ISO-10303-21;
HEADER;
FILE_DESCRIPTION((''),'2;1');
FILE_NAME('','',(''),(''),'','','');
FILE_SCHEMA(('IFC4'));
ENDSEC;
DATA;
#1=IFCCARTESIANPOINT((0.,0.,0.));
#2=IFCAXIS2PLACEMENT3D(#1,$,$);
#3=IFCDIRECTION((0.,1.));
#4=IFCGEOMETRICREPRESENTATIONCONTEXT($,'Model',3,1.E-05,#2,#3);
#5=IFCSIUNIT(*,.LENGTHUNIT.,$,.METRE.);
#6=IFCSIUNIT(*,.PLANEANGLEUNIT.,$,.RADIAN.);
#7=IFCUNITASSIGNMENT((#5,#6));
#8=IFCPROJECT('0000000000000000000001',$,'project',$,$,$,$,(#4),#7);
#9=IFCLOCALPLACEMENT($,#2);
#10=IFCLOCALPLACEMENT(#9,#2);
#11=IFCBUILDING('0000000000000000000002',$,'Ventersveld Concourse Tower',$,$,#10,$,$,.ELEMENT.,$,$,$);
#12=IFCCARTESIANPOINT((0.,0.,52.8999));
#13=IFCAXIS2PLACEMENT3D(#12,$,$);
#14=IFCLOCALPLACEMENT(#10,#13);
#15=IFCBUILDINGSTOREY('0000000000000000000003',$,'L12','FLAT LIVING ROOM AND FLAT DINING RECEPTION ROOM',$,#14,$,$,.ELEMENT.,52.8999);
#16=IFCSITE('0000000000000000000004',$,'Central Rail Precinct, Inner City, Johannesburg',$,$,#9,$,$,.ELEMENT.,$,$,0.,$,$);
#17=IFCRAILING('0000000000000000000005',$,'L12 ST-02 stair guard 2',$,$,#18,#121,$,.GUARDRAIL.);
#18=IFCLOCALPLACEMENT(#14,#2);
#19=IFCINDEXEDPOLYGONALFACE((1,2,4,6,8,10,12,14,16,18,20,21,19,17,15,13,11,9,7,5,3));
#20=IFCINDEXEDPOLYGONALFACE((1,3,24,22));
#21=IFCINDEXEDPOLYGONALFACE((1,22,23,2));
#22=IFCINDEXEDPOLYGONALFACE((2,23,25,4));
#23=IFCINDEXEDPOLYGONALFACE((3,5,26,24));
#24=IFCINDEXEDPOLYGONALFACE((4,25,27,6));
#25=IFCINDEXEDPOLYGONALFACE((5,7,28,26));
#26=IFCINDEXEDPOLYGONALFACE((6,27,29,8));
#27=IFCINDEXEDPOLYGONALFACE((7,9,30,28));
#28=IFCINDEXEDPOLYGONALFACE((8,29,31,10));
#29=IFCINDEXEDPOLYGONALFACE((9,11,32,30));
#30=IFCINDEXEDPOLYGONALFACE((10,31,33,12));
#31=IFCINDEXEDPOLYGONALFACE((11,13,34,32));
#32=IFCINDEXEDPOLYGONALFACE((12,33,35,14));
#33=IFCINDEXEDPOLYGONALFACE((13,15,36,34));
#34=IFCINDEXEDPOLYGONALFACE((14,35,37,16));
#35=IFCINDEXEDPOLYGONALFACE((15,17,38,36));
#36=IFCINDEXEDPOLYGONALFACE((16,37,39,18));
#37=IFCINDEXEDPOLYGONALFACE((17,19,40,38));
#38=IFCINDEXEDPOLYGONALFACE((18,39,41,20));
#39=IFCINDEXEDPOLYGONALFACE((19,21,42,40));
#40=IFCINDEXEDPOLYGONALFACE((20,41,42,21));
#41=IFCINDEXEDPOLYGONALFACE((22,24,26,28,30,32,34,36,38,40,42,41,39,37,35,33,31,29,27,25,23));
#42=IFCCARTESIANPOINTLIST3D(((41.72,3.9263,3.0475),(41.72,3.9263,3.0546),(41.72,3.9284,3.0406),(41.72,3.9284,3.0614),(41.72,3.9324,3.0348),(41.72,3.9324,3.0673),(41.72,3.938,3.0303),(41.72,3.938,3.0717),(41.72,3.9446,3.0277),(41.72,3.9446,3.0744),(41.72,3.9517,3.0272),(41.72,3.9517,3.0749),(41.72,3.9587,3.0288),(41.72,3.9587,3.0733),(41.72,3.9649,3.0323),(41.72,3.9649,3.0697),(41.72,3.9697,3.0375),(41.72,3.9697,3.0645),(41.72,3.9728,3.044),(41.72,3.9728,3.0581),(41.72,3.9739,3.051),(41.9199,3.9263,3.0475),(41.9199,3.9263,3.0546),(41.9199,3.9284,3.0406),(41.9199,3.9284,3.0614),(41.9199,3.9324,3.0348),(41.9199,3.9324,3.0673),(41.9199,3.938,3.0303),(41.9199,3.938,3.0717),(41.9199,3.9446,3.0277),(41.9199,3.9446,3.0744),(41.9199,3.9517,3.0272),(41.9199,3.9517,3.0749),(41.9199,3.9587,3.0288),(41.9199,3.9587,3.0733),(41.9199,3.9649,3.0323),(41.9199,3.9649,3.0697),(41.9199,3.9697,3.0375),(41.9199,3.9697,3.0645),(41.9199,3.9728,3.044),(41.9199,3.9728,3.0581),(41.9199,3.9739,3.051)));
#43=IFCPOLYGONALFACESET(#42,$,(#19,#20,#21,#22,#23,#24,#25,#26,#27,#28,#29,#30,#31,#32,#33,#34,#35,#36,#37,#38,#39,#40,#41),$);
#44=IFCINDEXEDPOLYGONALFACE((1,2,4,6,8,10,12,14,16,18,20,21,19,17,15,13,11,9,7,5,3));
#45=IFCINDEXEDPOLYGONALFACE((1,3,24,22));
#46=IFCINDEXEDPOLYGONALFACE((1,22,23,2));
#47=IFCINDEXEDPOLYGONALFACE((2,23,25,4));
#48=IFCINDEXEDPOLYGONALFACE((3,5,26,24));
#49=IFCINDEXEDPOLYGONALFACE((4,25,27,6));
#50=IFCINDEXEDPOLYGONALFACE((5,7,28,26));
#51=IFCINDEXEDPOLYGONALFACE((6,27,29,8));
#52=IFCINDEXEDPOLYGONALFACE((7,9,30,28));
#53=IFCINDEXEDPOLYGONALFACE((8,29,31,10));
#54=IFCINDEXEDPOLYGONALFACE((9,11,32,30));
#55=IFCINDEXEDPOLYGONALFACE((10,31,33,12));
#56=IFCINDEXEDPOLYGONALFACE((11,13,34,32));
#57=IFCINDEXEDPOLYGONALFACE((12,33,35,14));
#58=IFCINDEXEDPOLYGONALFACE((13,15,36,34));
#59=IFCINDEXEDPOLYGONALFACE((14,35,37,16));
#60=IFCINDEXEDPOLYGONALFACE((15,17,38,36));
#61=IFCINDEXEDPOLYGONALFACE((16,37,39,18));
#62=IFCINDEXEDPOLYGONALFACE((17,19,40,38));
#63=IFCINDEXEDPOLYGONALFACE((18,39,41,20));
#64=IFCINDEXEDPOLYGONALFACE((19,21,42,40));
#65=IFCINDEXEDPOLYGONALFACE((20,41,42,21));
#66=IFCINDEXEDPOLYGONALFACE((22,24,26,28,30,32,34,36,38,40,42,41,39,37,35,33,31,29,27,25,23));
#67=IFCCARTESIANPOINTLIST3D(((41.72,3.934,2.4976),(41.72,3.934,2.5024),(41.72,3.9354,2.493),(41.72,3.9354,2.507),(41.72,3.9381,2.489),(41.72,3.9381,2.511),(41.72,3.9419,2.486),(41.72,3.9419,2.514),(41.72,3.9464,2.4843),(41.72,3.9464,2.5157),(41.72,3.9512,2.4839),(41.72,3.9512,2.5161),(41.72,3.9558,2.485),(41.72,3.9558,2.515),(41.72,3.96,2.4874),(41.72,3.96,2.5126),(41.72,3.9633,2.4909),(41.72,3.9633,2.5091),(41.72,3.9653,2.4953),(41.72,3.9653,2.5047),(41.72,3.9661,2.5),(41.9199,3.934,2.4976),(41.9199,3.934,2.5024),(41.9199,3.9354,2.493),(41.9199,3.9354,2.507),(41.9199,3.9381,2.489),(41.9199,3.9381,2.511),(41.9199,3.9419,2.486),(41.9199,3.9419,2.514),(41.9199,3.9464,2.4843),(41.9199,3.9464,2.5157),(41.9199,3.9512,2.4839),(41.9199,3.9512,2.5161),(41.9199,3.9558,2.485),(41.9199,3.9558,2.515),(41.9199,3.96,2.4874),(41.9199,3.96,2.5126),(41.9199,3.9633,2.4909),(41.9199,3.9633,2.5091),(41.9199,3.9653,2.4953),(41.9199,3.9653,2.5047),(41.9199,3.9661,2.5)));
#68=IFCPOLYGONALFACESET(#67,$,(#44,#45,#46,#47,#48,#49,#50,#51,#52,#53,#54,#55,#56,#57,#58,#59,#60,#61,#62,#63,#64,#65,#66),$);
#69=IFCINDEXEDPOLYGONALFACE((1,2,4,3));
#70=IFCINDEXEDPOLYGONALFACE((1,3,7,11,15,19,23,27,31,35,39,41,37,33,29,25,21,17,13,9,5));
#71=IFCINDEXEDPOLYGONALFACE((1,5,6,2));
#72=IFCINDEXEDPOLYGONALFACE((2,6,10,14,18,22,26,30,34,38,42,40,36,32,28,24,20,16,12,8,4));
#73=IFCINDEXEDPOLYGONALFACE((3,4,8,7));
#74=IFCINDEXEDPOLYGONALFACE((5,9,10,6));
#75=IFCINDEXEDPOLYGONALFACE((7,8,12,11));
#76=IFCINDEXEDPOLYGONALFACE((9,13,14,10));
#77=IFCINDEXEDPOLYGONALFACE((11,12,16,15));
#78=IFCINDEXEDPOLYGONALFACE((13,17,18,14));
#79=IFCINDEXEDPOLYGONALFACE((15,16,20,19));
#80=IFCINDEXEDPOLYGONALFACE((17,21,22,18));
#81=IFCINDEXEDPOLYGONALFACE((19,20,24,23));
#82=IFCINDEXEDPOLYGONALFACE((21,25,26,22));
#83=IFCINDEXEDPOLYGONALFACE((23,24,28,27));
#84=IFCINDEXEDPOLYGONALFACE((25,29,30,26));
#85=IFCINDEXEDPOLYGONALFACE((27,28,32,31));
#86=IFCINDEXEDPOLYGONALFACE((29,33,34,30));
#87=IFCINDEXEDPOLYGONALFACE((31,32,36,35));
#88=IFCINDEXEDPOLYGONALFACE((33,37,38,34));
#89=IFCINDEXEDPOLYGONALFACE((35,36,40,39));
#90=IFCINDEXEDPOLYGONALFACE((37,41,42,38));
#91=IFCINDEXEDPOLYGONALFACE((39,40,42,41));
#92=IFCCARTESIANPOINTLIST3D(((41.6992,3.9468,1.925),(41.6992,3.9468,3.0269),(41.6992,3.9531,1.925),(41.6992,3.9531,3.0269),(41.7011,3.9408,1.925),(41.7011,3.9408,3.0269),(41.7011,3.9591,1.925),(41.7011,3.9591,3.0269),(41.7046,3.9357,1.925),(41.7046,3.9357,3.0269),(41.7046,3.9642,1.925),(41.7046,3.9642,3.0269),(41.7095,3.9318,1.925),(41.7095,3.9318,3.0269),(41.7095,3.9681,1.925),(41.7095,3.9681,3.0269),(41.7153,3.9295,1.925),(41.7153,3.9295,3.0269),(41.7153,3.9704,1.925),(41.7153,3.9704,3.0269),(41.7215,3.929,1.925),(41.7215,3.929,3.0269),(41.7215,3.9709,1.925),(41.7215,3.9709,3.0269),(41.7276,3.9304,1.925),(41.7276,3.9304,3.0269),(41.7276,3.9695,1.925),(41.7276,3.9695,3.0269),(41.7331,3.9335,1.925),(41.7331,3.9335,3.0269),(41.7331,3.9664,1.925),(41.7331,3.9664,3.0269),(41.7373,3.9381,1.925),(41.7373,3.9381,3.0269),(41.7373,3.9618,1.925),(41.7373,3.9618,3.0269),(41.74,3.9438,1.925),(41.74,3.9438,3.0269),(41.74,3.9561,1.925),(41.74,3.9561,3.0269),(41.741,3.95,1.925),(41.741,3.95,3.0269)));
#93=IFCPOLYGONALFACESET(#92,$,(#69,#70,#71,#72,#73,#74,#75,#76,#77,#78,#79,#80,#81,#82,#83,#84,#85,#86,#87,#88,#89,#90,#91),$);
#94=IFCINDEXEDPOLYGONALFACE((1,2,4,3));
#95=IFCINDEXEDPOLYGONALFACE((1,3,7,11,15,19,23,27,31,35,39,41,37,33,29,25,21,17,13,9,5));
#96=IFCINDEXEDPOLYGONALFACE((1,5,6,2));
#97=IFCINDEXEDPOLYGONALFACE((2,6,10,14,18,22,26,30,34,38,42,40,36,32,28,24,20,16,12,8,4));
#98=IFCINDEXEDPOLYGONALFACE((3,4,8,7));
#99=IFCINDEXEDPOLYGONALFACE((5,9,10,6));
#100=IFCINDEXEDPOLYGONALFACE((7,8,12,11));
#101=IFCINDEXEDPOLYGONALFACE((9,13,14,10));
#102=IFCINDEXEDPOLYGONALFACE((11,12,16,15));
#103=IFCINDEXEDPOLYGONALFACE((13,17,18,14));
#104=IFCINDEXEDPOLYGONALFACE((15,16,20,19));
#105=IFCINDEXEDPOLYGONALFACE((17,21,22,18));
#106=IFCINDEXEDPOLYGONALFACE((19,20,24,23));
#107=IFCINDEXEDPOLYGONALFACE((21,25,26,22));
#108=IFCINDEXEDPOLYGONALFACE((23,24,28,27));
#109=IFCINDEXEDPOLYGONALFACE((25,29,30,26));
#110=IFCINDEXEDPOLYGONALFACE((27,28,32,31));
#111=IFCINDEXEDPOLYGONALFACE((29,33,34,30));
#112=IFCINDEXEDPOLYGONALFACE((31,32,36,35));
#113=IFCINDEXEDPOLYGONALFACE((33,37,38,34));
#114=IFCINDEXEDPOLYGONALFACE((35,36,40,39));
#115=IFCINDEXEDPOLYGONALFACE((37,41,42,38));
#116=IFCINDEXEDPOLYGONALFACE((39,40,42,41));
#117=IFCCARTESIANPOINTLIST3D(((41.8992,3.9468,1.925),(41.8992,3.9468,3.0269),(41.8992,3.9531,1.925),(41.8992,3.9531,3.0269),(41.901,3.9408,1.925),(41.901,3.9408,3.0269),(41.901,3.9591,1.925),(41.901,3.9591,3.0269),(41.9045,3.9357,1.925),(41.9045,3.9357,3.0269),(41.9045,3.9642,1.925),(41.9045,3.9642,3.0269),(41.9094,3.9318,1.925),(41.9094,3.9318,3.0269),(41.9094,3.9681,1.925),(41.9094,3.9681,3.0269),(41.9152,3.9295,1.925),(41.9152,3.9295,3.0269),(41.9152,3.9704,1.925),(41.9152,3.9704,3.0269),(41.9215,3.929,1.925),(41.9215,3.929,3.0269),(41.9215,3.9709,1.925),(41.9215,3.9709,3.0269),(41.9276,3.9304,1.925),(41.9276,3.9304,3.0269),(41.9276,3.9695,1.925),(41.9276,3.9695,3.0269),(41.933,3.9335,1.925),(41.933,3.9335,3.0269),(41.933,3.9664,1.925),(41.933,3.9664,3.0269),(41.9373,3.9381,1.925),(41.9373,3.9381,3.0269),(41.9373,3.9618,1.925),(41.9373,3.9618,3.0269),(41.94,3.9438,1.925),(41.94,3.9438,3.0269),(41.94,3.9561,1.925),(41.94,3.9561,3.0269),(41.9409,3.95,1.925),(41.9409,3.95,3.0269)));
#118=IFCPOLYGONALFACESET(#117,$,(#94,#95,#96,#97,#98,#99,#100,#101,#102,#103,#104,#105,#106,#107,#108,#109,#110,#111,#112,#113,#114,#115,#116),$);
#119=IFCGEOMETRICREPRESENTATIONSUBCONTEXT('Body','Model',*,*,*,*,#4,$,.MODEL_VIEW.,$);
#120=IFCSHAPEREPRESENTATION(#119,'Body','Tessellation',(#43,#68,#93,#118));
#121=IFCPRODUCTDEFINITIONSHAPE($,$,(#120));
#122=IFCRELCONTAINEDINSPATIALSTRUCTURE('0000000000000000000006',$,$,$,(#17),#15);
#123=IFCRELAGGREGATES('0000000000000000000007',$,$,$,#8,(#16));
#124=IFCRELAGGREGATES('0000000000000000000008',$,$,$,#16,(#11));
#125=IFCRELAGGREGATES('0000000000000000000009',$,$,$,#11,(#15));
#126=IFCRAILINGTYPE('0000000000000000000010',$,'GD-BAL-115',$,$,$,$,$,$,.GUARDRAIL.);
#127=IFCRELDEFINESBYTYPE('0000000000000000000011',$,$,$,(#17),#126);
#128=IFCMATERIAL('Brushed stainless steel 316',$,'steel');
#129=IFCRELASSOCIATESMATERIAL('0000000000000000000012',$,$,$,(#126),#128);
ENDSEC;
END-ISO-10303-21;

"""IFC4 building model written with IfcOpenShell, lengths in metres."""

from ifc_helpers import new_model, si_unit, direction, frame, origin, origin_2d, place, context, subcontext, project, spatial, circle, extrude, material, type_object, element, save


model = new_model("IFC4")

# Units and contexts
model_context = context("Model", 3, precision=1e-05, world=origin(), true_north=direction((0.0, 1.0)))
body_context = subcontext(model_context, "Body", "Model", "MODEL_VIEW")
ifc_project = project(units=[si_unit("LENGTHUNIT", "METRE"), si_unit("PLANEANGLEUNIT", "RADIAN")], contexts=[model_context])

# Site, building, storey
site_placement = place(None, origin())
site = spatial("IfcSite", under=ifc_project, at=site_placement, Name="Central Rail Precinct, Inner City, Johannesburg", CompositionType="ELEMENT", RefElevation=0.0)
building_placement = place(site_placement, origin())
building = spatial("IfcBuilding", under=site, at=building_placement, Name="Ventersveld Concourse Tower", CompositionType="ELEMENT")
storey_placement = place(building_placement, frame((0.0, 0.0, 52.8999)))
storey = spatial("IfcBuildingStorey", under=building, at=storey_placement, Name="L12", Description="FLAT LIVING ROOM AND FLAT DINING RECEPTION ROOM", CompositionType="ELEMENT", Elevation=52.8999)

# Shared definitions
ifc_material_1 = material(Name="Brushed stainless steel 316", Category="steel")

# Railing
railing_type_1 = type_object("IfcRailingType", Name="GD-BAL-115", PredefinedType="GUARDRAIL", material=ifc_material_1)
railing_1_placement = place(storey_placement, frame((41.72, 3.95, 1.925)))
element("IfcRailing", 1, at=railing_1_placement, inside=storey, type_object=railing_type_1, Name="L12 ST-02 stair guard 2", PredefinedType="GUARDRAIL", context=body_context, shape_type="SweptSolid", body=[
    extrude(circle(Radius=0.0239, at=origin_2d()), frame((0.0, 0.0, 1.126), z_axis=(1.0, 0.0, 0.0), x_axis=(0.0, 1.0, 0.0)), (0.0, 0.0, 1.0), 0.2),
    extrude(circle(Radius=0.0161, at=origin_2d()), frame((0.0, 0.0, 0.575), z_axis=(1.0, 0.0, 0.0), x_axis=(0.0, 1.0, 0.0)), (0.0, 0.0, 1.0), 0.2),
    extrude(circle(Radius=0.021, at=origin_2d()), origin(), (0.0, 0.0, 1.0), 1.1018),
    extrude(circle(Radius=0.021, at=origin_2d()), frame((0.2, 0.0, 0.0)), (0.0, 0.0, 1.0), 1.1018),
])

save(model, "model.ifc")
